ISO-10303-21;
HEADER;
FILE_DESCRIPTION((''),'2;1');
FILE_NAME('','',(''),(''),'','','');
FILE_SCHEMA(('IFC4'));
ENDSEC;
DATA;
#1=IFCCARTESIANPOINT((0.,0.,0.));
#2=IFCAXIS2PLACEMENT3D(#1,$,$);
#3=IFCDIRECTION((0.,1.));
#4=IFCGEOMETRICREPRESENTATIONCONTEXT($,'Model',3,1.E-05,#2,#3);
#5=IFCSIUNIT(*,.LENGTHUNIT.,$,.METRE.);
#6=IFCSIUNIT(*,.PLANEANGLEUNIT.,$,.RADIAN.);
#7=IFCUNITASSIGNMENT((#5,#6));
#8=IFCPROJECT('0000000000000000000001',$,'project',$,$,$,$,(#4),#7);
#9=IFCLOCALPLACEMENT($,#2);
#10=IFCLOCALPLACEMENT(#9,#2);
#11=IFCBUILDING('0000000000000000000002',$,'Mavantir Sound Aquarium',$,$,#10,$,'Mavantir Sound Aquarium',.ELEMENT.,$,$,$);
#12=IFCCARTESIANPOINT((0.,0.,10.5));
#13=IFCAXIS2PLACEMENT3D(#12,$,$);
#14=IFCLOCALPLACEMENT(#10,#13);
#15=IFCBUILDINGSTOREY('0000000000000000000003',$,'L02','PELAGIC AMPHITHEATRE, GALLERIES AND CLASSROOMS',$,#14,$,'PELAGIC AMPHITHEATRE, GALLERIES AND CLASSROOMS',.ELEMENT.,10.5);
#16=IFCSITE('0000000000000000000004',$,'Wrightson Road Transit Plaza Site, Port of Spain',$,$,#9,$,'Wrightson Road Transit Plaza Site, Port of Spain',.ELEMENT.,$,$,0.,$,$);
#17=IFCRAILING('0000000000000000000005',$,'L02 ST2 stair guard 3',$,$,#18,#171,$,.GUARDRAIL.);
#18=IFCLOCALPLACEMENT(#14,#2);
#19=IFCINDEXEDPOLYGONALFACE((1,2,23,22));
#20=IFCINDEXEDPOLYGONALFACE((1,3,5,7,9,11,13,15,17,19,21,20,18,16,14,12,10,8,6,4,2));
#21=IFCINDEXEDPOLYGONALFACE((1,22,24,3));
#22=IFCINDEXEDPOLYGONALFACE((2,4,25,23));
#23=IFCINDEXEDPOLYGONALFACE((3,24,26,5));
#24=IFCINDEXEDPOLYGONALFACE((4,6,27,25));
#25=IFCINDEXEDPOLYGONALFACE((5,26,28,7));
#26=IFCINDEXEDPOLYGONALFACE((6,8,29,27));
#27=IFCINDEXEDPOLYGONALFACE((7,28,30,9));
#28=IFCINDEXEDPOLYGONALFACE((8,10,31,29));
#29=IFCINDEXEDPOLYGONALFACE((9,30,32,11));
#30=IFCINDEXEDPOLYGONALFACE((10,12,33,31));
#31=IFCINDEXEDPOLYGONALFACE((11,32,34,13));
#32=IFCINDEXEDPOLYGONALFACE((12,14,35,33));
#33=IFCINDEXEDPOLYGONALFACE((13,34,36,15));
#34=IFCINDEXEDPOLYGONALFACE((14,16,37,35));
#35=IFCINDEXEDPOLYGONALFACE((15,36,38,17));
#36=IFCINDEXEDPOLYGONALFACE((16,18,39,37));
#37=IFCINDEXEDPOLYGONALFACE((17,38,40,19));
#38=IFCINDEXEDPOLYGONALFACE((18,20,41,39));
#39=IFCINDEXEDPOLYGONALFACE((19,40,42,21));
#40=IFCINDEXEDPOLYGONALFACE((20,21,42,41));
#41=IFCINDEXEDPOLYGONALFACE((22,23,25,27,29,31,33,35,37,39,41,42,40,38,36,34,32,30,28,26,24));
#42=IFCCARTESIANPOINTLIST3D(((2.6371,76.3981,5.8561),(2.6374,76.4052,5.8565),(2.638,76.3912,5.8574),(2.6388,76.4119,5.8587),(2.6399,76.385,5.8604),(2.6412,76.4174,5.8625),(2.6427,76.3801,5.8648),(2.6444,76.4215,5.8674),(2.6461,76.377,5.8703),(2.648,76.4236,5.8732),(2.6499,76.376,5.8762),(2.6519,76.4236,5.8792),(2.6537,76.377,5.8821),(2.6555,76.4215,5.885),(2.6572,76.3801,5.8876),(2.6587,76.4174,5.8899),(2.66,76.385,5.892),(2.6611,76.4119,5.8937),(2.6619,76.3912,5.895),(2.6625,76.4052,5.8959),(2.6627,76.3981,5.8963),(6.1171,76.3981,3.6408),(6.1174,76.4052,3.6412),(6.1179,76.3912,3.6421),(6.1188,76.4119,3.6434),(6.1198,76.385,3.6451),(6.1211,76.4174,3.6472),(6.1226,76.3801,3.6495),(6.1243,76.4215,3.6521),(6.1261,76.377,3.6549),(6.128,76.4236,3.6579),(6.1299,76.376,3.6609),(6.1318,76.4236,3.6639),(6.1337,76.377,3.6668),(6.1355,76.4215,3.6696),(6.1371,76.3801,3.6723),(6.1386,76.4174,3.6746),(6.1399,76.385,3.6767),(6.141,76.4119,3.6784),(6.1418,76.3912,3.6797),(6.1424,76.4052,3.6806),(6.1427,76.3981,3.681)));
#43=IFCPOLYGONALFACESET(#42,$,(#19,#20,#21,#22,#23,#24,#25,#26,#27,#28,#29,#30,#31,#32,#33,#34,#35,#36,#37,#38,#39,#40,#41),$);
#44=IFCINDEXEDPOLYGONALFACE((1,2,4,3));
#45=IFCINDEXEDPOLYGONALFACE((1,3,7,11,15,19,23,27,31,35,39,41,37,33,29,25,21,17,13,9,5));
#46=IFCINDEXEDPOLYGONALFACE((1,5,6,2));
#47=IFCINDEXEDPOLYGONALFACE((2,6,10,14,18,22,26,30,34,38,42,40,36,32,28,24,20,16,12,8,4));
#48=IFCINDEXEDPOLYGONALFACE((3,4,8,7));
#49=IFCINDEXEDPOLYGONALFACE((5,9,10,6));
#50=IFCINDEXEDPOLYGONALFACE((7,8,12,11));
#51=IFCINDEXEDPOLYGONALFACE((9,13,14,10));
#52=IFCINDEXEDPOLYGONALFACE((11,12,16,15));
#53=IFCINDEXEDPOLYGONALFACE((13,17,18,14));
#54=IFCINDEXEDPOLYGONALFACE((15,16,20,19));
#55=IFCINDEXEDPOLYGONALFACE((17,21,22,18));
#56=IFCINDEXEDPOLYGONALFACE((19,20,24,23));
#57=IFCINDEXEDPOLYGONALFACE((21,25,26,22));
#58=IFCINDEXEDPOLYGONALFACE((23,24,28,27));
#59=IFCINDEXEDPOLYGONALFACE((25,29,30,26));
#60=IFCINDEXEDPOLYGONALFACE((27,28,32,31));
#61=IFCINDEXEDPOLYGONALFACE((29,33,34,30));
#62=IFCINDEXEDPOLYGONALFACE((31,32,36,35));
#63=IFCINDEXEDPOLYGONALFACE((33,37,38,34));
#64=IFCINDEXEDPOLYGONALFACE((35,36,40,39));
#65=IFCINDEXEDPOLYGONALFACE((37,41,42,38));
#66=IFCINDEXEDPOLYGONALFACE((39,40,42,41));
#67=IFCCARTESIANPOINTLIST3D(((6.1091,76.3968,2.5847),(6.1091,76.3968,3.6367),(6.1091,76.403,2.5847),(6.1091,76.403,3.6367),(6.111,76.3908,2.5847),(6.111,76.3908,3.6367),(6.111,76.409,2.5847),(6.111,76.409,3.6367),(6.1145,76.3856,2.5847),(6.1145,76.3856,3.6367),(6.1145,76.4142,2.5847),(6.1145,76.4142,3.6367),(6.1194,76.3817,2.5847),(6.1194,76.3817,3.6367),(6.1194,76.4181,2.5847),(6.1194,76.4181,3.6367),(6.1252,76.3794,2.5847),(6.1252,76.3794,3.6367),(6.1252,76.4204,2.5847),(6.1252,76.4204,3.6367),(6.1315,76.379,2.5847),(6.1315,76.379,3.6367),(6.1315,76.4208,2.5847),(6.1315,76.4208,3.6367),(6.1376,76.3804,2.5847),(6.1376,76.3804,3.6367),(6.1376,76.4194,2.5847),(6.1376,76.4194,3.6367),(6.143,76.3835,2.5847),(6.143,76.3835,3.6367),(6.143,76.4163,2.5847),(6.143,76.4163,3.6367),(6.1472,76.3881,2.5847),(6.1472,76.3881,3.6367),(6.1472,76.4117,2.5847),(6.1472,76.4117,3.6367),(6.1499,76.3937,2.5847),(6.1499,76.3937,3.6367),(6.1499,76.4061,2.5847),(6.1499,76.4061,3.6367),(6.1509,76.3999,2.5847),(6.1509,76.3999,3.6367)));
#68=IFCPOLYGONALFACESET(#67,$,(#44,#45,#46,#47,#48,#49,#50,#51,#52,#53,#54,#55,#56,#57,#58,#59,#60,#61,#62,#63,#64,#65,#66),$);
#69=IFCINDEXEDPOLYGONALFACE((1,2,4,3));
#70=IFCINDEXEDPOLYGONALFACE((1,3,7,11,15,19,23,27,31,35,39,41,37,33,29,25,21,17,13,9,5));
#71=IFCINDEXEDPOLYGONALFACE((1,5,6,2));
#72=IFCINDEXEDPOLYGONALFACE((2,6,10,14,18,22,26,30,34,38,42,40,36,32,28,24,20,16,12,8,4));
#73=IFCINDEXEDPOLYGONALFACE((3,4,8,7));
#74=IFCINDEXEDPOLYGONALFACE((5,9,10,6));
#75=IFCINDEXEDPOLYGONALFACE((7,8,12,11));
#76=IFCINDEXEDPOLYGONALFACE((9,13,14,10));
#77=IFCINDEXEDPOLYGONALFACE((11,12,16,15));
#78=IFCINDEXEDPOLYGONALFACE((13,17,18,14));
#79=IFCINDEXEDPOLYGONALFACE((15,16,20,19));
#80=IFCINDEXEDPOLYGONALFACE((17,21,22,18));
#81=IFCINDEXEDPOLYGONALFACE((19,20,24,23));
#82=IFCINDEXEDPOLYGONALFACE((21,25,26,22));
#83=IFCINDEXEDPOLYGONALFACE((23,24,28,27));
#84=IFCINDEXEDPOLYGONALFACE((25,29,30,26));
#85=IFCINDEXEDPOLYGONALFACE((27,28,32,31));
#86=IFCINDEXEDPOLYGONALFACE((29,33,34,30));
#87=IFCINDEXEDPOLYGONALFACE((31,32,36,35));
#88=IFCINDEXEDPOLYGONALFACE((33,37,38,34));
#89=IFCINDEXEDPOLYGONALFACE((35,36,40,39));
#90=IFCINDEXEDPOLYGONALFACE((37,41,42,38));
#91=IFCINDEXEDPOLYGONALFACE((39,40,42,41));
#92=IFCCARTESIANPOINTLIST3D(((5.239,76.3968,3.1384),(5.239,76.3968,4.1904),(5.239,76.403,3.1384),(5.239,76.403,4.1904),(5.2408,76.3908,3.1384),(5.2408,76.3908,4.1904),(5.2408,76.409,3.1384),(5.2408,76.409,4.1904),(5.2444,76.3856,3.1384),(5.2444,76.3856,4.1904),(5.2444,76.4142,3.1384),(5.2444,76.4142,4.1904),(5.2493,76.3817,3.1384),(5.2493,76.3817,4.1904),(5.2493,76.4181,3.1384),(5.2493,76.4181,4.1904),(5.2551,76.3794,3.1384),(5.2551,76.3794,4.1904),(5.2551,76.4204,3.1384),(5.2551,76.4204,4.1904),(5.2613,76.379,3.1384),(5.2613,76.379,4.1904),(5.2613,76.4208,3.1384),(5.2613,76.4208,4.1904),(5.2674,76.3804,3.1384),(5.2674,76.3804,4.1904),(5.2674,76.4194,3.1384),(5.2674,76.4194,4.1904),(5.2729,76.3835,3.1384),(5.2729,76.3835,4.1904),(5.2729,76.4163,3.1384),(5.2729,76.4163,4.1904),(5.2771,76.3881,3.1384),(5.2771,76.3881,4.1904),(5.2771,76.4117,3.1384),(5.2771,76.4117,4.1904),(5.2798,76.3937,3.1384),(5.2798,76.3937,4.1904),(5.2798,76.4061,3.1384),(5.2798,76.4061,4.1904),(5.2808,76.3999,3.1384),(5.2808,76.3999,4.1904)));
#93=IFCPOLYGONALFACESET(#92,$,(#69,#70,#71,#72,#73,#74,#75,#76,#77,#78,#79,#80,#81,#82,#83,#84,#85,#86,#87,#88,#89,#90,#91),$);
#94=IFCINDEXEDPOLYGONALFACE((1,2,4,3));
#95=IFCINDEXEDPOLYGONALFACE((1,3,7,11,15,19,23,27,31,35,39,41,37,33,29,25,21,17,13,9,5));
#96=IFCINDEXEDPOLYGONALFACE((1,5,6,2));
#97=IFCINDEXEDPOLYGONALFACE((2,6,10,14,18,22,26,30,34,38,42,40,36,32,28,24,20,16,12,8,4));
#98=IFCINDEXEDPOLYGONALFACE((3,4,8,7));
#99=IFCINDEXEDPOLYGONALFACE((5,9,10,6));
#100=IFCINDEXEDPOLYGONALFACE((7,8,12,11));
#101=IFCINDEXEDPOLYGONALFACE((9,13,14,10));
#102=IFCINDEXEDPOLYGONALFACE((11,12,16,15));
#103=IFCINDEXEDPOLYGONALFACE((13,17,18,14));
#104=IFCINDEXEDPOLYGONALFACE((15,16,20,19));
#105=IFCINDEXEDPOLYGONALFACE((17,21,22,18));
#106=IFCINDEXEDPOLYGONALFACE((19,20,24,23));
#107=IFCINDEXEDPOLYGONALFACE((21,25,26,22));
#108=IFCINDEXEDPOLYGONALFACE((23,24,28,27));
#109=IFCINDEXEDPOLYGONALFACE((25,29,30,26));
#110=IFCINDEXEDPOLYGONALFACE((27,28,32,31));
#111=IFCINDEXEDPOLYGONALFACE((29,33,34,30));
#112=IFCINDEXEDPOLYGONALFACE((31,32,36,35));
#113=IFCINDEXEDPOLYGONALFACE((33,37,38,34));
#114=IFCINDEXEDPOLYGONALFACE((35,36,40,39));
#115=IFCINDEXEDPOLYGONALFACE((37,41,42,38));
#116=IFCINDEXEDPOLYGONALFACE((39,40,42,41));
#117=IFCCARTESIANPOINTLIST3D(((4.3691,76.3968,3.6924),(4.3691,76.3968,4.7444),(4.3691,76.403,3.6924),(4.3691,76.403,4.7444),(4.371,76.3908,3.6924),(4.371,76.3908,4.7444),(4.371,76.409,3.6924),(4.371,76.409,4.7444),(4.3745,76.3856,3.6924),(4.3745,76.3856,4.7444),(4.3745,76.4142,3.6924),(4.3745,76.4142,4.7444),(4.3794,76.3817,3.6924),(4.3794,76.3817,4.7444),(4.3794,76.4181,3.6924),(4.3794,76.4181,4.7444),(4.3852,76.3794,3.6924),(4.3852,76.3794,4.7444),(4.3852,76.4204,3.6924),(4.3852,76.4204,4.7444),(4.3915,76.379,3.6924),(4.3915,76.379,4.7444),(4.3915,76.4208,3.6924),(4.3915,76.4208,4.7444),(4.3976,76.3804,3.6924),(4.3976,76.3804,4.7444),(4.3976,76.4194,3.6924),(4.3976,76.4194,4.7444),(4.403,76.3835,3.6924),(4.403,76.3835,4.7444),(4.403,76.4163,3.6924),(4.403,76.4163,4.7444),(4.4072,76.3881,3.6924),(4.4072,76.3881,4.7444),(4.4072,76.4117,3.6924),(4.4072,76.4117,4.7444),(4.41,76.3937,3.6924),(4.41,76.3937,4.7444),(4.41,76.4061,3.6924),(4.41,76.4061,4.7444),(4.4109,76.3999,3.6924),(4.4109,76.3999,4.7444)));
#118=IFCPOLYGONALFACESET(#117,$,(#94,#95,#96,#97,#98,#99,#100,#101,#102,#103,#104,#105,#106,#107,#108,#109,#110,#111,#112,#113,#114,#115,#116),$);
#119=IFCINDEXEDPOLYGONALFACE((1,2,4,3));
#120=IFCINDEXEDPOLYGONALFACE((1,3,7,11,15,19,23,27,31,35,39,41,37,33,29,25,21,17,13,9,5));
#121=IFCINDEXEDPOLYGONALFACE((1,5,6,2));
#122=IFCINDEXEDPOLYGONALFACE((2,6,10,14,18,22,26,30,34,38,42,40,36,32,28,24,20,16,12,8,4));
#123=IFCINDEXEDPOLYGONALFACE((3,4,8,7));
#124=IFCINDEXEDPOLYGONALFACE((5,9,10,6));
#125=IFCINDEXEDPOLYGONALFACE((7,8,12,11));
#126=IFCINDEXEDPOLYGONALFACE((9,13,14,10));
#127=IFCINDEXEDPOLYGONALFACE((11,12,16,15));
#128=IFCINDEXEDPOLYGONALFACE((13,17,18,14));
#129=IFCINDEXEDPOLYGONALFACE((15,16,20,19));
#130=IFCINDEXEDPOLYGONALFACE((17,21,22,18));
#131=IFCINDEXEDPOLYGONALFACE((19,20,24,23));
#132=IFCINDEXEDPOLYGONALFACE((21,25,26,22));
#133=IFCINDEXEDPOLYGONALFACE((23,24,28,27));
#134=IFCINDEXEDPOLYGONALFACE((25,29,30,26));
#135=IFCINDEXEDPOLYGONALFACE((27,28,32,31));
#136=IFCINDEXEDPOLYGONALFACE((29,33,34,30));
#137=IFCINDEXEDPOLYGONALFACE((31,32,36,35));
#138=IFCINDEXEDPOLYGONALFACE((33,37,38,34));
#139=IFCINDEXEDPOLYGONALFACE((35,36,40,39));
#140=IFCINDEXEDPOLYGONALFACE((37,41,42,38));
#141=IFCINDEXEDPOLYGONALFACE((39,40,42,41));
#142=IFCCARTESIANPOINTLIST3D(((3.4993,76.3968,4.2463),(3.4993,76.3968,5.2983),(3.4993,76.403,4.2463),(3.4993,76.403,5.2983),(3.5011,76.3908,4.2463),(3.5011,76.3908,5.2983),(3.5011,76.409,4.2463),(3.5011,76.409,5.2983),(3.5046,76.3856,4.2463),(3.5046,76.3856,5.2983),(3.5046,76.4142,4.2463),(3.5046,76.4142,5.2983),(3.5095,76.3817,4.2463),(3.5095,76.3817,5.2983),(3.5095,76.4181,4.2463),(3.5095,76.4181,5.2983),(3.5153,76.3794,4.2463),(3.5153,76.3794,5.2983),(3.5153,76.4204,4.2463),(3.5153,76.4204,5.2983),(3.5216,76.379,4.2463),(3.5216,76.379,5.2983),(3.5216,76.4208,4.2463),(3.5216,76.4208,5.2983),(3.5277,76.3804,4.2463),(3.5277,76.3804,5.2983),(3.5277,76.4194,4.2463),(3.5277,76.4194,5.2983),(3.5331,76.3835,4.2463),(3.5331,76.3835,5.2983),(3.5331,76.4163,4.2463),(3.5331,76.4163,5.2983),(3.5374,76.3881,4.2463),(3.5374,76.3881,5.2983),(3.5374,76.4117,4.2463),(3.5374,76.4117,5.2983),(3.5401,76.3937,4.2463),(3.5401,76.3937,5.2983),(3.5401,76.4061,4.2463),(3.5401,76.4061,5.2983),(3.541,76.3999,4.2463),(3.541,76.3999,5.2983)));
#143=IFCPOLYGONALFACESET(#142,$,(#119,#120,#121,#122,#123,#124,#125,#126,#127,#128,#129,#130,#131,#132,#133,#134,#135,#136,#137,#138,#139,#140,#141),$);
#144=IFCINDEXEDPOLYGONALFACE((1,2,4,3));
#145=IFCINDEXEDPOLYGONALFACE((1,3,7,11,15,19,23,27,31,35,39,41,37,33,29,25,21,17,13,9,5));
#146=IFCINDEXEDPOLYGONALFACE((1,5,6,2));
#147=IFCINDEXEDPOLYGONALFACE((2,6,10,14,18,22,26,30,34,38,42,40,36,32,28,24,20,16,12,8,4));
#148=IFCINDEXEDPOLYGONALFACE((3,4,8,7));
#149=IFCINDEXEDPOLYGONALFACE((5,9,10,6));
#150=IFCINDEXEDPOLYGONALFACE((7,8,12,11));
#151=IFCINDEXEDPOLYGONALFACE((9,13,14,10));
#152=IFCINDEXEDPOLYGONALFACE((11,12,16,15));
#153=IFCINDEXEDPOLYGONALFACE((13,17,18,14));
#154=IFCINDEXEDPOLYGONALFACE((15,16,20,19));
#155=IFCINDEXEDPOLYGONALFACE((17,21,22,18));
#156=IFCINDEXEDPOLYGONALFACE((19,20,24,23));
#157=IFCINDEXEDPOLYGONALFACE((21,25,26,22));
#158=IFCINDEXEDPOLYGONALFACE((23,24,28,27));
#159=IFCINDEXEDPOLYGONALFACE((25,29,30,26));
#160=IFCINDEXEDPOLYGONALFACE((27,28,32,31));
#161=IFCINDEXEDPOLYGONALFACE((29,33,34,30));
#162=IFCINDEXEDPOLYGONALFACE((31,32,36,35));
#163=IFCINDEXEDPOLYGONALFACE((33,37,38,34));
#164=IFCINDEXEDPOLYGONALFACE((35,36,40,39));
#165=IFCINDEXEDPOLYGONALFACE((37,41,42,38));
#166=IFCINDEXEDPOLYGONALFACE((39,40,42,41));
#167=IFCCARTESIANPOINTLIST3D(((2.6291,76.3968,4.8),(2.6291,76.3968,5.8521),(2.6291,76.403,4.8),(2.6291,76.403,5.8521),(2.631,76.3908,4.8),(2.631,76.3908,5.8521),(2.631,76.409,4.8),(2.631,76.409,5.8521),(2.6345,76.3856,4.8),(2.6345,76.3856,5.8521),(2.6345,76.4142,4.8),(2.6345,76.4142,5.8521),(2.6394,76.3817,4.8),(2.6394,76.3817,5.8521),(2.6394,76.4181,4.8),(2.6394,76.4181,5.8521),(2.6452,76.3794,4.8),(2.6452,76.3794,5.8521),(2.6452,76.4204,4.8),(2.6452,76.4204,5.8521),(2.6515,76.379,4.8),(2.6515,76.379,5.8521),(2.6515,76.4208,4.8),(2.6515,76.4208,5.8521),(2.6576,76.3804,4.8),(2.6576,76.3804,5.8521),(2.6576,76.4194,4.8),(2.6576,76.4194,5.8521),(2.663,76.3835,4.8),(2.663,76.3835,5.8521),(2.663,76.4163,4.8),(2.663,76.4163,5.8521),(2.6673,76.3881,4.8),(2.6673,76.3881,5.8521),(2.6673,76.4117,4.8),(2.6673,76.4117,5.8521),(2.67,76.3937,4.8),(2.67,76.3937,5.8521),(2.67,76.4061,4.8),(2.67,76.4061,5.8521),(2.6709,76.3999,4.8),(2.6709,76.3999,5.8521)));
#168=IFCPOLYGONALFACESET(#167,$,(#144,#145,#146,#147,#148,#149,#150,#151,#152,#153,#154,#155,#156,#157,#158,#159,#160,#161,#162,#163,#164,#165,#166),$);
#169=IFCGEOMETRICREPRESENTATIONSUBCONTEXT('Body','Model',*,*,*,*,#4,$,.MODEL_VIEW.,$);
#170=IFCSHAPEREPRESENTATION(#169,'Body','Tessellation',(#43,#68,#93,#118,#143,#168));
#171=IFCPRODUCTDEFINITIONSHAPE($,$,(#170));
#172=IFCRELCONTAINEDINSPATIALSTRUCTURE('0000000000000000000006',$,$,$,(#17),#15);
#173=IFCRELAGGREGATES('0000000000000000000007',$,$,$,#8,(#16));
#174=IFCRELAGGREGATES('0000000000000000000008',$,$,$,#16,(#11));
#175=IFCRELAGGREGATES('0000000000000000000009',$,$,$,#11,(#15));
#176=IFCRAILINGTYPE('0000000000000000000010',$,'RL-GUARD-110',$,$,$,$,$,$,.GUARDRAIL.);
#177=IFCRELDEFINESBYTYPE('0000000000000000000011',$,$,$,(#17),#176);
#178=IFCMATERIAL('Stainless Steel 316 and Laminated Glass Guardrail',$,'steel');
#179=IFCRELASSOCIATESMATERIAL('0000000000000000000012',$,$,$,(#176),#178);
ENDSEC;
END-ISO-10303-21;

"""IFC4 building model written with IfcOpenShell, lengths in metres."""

from ifc_helpers import new_model, si_unit, direction, frame, origin, origin_2d, place, context, subcontext, project, spatial, circle, extrude, material, type_object, element, save


model = new_model("IFC4")

# Units and contexts
model_context = context("Model", 3, precision=1e-05, world=origin(), true_north=direction((0.0, 1.0)))
body_context = subcontext(model_context, "Body", "Model", "MODEL_VIEW")
ifc_project = project(units=[si_unit("LENGTHUNIT", "METRE"), si_unit("PLANEANGLEUNIT", "RADIAN")], contexts=[model_context])

# Site, building, storey
site_placement = place(None, origin())
site = spatial("IfcSite", under=ifc_project, at=site_placement, Name="Wrightson Road Transit Plaza Site, Port of Spain", LongName="Wrightson Road Transit Plaza Site, Port of Spain", CompositionType="ELEMENT", RefElevation=0.0)
building_placement = place(site_placement, origin())
building = spatial("IfcBuilding", under=site, at=building_placement, Name="Mavantir Sound Aquarium", LongName="Mavantir Sound Aquarium", CompositionType="ELEMENT")
storey_placement = place(building_placement, frame((0.0, 0.0, 10.5)))
storey = spatial("IfcBuildingStorey", under=building, at=storey_placement, Name="L02", Description="PELAGIC AMPHITHEATRE, GALLERIES AND CLASSROOMS", LongName="PELAGIC AMPHITHEATRE, GALLERIES AND CLASSROOMS", CompositionType="ELEMENT", Elevation=10.5)

# Railing
ifc_material_1 = material(Name="Stainless Steel 316 and Laminated Glass Guardrail", Category="steel")
railing_type_1 = type_object("IfcRailingType", Name="RL-GUARD-110", PredefinedType="GUARDRAIL", material=ifc_material_1)
railing_1_placement = place(storey_placement, frame((6.1299, 76.3999, 2.5847)))
element("IfcRailing", 1, at=railing_1_placement, inside=storey, type_object=railing_type_1, Name="L02 ST2 stair guard 3", PredefinedType="GUARDRAIL", context=body_context, shape_type="SweptSolid", body=[
    extrude(circle(Radius=0.0239, at=origin_2d()), frame((0.0, 0.0, 1.0762), z_axis=(-0.843574, 0.0, 0.537013), x_axis=(0.0, -1.0, 0.0)), (0.0, 0.0, 1.0), 4.1252),
    extrude(circle(Radius=0.021, at=origin_2d()), origin(), (0.0, 0.0, 1.0), 1.052),
    extrude(circle(Radius=0.021, at=origin_2d()), frame((-0.8701, 0.0, 0.5537)), (0.0, 0.0, 1.0), 1.052),
    extrude(circle(Radius=0.021, at=origin_2d()), frame((-1.74, 0.0, 1.1077)), (0.0, 0.0, 1.0), 1.052),
    extrude(circle(Radius=0.021, at=origin_2d()), frame((-2.6099, 0.0, 1.6616)), (0.0, 0.0, 1.0), 1.052),
    extrude(circle(Radius=0.021, at=origin_2d()), frame((-3.48, 0.0, 2.2153)), (0.0, 0.0, 1.0), 1.052),
])

save(model, "model.ifc")
